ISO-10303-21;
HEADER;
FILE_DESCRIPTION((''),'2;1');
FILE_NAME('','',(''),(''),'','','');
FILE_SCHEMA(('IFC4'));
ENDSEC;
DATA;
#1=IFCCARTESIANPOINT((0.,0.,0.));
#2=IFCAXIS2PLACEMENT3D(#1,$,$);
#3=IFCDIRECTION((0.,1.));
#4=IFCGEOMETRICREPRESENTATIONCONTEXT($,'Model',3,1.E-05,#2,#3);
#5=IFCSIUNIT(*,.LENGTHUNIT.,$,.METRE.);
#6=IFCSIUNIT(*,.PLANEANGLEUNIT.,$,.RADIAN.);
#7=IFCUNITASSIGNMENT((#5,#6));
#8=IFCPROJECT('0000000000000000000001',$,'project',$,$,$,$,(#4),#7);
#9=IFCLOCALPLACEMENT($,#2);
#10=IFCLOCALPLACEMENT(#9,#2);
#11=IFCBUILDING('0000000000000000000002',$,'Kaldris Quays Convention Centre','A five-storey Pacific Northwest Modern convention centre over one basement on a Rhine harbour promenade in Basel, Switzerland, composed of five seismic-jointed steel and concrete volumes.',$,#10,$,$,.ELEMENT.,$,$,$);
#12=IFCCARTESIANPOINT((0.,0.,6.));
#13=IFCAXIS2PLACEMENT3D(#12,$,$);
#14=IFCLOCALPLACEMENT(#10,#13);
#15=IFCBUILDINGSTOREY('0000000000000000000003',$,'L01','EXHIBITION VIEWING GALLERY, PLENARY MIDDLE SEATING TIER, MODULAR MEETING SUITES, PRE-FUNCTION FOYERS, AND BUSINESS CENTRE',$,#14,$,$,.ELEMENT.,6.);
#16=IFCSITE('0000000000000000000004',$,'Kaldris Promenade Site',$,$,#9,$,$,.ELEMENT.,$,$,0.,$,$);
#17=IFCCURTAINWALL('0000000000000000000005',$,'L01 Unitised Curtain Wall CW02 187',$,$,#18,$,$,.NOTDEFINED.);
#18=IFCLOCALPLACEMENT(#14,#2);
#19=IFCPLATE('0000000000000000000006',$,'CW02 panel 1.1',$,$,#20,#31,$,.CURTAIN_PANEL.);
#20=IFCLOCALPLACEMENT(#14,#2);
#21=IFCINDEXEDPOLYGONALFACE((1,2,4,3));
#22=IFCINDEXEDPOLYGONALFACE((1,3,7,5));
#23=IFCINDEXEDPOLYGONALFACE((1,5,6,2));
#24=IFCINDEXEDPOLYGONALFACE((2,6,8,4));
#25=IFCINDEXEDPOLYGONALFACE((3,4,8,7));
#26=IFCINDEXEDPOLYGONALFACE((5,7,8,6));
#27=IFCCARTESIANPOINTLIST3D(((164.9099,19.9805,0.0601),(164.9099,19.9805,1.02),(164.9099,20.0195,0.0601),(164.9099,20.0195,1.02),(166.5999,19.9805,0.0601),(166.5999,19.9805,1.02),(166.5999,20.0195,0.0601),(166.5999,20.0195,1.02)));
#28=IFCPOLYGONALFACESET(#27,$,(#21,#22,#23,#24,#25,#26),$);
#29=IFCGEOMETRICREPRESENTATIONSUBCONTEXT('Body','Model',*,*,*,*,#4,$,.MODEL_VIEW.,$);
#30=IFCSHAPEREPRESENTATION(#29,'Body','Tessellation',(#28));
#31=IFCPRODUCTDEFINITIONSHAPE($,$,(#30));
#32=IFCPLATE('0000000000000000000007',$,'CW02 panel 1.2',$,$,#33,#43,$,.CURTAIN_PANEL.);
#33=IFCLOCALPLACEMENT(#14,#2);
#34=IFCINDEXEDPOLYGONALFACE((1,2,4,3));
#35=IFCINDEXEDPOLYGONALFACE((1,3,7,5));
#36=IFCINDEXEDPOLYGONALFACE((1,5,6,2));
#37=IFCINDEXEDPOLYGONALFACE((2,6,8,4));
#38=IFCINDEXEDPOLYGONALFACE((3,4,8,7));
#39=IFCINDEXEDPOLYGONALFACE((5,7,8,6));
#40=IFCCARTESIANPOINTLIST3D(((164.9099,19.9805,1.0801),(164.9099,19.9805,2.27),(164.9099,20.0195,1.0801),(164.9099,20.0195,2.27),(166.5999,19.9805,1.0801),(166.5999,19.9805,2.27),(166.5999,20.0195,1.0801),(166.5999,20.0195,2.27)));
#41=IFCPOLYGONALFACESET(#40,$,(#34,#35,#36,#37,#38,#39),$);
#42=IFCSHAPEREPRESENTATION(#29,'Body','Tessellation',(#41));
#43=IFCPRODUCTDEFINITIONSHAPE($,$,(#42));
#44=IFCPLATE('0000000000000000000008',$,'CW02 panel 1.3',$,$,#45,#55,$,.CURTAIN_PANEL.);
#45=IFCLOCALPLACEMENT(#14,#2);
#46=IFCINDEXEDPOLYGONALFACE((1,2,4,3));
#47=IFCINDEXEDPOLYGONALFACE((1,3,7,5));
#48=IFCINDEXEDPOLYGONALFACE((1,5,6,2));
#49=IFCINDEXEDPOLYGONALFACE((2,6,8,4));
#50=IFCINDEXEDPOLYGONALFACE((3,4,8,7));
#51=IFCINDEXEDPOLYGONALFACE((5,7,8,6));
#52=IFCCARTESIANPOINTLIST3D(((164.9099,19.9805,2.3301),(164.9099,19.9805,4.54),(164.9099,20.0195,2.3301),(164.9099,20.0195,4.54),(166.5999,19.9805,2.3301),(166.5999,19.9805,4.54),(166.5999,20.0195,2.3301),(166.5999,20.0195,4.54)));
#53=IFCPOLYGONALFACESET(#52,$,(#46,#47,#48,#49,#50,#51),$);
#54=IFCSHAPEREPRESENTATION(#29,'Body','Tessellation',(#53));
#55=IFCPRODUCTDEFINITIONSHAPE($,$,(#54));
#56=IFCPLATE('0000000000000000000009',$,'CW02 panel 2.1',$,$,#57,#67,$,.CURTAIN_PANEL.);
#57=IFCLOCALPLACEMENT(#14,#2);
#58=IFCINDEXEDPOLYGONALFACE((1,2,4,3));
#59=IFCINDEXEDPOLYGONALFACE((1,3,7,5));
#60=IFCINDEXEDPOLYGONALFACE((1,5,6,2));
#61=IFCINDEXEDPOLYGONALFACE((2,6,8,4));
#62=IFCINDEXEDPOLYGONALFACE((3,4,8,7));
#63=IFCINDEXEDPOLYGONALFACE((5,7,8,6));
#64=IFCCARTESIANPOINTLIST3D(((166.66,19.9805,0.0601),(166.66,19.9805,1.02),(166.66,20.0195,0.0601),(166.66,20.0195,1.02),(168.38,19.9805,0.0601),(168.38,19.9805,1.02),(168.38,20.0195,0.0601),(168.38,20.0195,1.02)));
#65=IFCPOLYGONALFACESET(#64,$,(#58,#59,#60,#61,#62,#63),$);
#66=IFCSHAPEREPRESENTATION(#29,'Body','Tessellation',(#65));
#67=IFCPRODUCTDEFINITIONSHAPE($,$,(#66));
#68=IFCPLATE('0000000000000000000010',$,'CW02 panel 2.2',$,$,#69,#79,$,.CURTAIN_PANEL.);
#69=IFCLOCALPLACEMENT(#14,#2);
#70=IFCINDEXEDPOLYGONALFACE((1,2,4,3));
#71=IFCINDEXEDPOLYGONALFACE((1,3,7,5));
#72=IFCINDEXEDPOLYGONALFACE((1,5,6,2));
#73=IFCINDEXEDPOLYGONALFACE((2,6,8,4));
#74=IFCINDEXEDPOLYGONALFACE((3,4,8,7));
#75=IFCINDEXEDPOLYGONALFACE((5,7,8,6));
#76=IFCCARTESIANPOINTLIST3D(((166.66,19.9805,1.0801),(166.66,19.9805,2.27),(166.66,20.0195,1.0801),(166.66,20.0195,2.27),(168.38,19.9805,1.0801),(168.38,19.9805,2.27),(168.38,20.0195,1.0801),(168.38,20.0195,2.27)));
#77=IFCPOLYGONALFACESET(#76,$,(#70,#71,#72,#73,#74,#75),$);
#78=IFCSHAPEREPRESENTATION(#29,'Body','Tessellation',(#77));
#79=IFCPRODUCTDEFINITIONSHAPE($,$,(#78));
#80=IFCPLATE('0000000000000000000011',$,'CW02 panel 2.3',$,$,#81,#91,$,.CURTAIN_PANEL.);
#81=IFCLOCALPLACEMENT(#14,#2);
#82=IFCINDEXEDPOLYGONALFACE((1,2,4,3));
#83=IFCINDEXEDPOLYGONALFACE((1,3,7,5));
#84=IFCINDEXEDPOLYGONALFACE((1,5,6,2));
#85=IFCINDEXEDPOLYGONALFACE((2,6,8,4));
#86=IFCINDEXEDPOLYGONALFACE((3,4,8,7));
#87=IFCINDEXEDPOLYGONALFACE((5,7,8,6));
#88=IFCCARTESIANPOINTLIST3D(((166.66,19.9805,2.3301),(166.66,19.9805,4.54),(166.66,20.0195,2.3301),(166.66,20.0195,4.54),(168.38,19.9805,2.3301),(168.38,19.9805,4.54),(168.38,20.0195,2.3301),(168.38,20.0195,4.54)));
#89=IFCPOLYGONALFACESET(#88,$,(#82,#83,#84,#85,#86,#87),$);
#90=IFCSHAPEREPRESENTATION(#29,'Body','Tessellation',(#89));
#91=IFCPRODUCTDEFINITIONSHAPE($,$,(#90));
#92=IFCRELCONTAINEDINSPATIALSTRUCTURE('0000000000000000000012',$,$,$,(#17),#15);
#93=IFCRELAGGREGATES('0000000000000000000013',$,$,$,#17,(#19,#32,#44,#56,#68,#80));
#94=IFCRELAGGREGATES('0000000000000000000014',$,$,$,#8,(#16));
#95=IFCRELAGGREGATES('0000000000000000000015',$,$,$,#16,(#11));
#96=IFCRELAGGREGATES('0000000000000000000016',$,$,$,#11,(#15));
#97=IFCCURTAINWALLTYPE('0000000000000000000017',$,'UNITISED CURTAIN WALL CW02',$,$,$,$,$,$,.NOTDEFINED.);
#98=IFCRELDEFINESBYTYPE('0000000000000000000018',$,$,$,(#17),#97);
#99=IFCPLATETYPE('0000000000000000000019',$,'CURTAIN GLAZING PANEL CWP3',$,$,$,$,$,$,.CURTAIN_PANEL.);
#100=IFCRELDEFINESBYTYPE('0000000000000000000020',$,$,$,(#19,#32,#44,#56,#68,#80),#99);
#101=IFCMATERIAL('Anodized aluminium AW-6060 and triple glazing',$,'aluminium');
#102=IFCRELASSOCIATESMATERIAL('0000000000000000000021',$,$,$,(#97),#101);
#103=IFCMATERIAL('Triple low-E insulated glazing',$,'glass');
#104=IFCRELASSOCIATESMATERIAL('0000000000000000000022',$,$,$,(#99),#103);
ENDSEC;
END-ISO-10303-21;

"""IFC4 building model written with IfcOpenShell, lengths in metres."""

from ifc_helpers import new_model, si_unit, direction, frame, origin, origin_2d, place, context, subcontext, project, spatial, rectangle, extrude, material, type_object, element, aggregate, save


model = new_model("IFC4")

# Units and contexts
model_context = context("Model", 3, precision=1e-05, world=origin(), true_north=direction((0.0, 1.0)))
body_context = subcontext(model_context, "Body", "Model", "MODEL_VIEW")
ifc_project = project(units=[si_unit("LENGTHUNIT", "METRE"), si_unit("PLANEANGLEUNIT", "RADIAN")], contexts=[model_context])

# Site, building, storey
site_placement = place(None, origin())
site = spatial("IfcSite", under=ifc_project, at=site_placement, Name="Kaldris Promenade Site", CompositionType="ELEMENT", RefElevation=0.0)
building_placement = place(site_placement, origin())
building = spatial("IfcBuilding", under=site, at=building_placement, Name="Kaldris Quays Convention Centre", Description="A five-storey Pacific Northwest Modern convention centre over one basement on a Rhine harbour promenade in Basel, Switzerland, composed of five seismic-jointed steel and concrete volumes.", CompositionType="ELEMENT")
storey_placement = place(building_placement, frame((0.0, 0.0, 6.0)))
storey = spatial("IfcBuildingStorey", under=building, at=storey_placement, Name="L01", Description="EXHIBITION VIEWING GALLERY, PLENARY MIDDLE SEATING TIER, MODULAR MEETING SUITES, PRE-FUNCTION FOYERS, AND BUSINESS CENTRE", CompositionType="ELEMENT", Elevation=6.0)

# Shared definitions
ifc_material_1 = material(Name="Anodized aluminium AW-6060 and triple glazing", Category="aluminium")
curtain_wall_type = type_object("IfcCurtainWallType", Name="UNITISED CURTAIN WALL CW02", PredefinedType="NOTDEFINED", material=ifc_material_1)

# Curtain wall
curtain_wall_1_placement = place(storey_placement, origin())
curtain_wall_1 = element("IfcCurtainWall", 1, at=curtain_wall_1_placement, inside=storey, type_object=curtain_wall_type, Name="L01 Unitised Curtain Wall CW02 187", PredefinedType="NOTDEFINED")

# Plates
ifc_material_2 = material(Name="Triple low-E insulated glazing", Category="glass")
plate_type_1 = type_object("IfcPlateType", Name="CURTAIN GLAZING PANEL CWP3", PredefinedType="CURTAIN_PANEL", material=ifc_material_2)
plate_1_placement = place(storey_placement, frame((165.7549, 20.0, 0.0601), z_axis=(0.0, 0.0, 1.0), x_axis=(1.0, 0.0, 0.0)))
plate_1 = element("IfcPlate", 2, at=plate_1_placement, type_object=plate_type_1, Name="CW02 panel 1.1", PredefinedType="CURTAIN_PANEL", context=body_context, shape_type="SweptSolid", body=[
    extrude(rectangle(XDim=1.6899, YDim=0.0391, at=origin_2d()), origin(), (0.0, 0.0, 1.0), 0.96),
])
plate_2_placement = place(storey_placement, frame((165.7549, 20.0, 1.0801), z_axis=(0.0, 0.0, 1.0), x_axis=(1.0, 0.0, 0.0)))
plate_2 = element("IfcPlate", 3, at=plate_2_placement, type_object=plate_type_1, Name="CW02 panel 1.2", PredefinedType="CURTAIN_PANEL", context=body_context, shape_type="SweptSolid", body=[
    extrude(rectangle(XDim=1.6899, YDim=0.0391, at=origin_2d()), origin(), (0.0, 0.0, 1.0), 1.1899),
])
plate_3_placement = place(storey_placement, frame((165.7549, 20.0, 2.3301), z_axis=(0.0, 0.0, 1.0), x_axis=(1.0, 0.0, 0.0)))
plate_3 = element("IfcPlate", 4, at=plate_3_placement, type_object=plate_type_1, Name="CW02 panel 1.3", PredefinedType="CURTAIN_PANEL", context=body_context, shape_type="SweptSolid", body=[
    extrude(rectangle(XDim=1.6899, YDim=0.0391, at=origin_2d()), origin(), (0.0, 0.0, 1.0), 2.21),
])
plate_4_placement = place(storey_placement, frame((167.52, 20.0, 0.0601), z_axis=(0.0, 0.0, 1.0), x_axis=(1.0, 0.0, 0.0)))
plate_4 = element("IfcPlate", 5, at=plate_4_placement, type_object=plate_type_1, Name="CW02 panel 2.1", PredefinedType="CURTAIN_PANEL", context=body_context, shape_type="SweptSolid", body=[
    extrude(rectangle(XDim=1.72, YDim=0.0391, at=origin_2d()), origin(), (0.0, 0.0, 1.0), 0.96),
])
plate_5_placement = place(storey_placement, frame((167.52, 20.0, 1.0801), z_axis=(0.0, 0.0, 1.0), x_axis=(1.0, 0.0, 0.0)))
plate_5 = element("IfcPlate", 6, at=plate_5_placement, type_object=plate_type_1, Name="CW02 panel 2.2", PredefinedType="CURTAIN_PANEL", context=body_context, shape_type="SweptSolid", body=[
    extrude(rectangle(XDim=1.72, YDim=0.0391, at=origin_2d()), origin(), (0.0, 0.0, 1.0), 1.1899),
])
plate_6_placement = place(storey_placement, frame((167.52, 20.0, 2.3301), z_axis=(0.0, 0.0, 1.0), x_axis=(1.0, 0.0, 0.0)))
plate_6 = element("IfcPlate", 7, at=plate_6_placement, type_object=plate_type_1, Name="CW02 panel 2.3", PredefinedType="CURTAIN_PANEL", context=body_context, shape_type="SweptSolid", body=[
    extrude(rectangle(XDim=1.72, YDim=0.0391, at=origin_2d()), origin(), (0.0, 0.0, 1.0), 2.21),
])
aggregate(curtain_wall_1, [plate_1, plate_2, plate_3, plate_4, plate_5, plate_6])

save(model, "model.ifc")
